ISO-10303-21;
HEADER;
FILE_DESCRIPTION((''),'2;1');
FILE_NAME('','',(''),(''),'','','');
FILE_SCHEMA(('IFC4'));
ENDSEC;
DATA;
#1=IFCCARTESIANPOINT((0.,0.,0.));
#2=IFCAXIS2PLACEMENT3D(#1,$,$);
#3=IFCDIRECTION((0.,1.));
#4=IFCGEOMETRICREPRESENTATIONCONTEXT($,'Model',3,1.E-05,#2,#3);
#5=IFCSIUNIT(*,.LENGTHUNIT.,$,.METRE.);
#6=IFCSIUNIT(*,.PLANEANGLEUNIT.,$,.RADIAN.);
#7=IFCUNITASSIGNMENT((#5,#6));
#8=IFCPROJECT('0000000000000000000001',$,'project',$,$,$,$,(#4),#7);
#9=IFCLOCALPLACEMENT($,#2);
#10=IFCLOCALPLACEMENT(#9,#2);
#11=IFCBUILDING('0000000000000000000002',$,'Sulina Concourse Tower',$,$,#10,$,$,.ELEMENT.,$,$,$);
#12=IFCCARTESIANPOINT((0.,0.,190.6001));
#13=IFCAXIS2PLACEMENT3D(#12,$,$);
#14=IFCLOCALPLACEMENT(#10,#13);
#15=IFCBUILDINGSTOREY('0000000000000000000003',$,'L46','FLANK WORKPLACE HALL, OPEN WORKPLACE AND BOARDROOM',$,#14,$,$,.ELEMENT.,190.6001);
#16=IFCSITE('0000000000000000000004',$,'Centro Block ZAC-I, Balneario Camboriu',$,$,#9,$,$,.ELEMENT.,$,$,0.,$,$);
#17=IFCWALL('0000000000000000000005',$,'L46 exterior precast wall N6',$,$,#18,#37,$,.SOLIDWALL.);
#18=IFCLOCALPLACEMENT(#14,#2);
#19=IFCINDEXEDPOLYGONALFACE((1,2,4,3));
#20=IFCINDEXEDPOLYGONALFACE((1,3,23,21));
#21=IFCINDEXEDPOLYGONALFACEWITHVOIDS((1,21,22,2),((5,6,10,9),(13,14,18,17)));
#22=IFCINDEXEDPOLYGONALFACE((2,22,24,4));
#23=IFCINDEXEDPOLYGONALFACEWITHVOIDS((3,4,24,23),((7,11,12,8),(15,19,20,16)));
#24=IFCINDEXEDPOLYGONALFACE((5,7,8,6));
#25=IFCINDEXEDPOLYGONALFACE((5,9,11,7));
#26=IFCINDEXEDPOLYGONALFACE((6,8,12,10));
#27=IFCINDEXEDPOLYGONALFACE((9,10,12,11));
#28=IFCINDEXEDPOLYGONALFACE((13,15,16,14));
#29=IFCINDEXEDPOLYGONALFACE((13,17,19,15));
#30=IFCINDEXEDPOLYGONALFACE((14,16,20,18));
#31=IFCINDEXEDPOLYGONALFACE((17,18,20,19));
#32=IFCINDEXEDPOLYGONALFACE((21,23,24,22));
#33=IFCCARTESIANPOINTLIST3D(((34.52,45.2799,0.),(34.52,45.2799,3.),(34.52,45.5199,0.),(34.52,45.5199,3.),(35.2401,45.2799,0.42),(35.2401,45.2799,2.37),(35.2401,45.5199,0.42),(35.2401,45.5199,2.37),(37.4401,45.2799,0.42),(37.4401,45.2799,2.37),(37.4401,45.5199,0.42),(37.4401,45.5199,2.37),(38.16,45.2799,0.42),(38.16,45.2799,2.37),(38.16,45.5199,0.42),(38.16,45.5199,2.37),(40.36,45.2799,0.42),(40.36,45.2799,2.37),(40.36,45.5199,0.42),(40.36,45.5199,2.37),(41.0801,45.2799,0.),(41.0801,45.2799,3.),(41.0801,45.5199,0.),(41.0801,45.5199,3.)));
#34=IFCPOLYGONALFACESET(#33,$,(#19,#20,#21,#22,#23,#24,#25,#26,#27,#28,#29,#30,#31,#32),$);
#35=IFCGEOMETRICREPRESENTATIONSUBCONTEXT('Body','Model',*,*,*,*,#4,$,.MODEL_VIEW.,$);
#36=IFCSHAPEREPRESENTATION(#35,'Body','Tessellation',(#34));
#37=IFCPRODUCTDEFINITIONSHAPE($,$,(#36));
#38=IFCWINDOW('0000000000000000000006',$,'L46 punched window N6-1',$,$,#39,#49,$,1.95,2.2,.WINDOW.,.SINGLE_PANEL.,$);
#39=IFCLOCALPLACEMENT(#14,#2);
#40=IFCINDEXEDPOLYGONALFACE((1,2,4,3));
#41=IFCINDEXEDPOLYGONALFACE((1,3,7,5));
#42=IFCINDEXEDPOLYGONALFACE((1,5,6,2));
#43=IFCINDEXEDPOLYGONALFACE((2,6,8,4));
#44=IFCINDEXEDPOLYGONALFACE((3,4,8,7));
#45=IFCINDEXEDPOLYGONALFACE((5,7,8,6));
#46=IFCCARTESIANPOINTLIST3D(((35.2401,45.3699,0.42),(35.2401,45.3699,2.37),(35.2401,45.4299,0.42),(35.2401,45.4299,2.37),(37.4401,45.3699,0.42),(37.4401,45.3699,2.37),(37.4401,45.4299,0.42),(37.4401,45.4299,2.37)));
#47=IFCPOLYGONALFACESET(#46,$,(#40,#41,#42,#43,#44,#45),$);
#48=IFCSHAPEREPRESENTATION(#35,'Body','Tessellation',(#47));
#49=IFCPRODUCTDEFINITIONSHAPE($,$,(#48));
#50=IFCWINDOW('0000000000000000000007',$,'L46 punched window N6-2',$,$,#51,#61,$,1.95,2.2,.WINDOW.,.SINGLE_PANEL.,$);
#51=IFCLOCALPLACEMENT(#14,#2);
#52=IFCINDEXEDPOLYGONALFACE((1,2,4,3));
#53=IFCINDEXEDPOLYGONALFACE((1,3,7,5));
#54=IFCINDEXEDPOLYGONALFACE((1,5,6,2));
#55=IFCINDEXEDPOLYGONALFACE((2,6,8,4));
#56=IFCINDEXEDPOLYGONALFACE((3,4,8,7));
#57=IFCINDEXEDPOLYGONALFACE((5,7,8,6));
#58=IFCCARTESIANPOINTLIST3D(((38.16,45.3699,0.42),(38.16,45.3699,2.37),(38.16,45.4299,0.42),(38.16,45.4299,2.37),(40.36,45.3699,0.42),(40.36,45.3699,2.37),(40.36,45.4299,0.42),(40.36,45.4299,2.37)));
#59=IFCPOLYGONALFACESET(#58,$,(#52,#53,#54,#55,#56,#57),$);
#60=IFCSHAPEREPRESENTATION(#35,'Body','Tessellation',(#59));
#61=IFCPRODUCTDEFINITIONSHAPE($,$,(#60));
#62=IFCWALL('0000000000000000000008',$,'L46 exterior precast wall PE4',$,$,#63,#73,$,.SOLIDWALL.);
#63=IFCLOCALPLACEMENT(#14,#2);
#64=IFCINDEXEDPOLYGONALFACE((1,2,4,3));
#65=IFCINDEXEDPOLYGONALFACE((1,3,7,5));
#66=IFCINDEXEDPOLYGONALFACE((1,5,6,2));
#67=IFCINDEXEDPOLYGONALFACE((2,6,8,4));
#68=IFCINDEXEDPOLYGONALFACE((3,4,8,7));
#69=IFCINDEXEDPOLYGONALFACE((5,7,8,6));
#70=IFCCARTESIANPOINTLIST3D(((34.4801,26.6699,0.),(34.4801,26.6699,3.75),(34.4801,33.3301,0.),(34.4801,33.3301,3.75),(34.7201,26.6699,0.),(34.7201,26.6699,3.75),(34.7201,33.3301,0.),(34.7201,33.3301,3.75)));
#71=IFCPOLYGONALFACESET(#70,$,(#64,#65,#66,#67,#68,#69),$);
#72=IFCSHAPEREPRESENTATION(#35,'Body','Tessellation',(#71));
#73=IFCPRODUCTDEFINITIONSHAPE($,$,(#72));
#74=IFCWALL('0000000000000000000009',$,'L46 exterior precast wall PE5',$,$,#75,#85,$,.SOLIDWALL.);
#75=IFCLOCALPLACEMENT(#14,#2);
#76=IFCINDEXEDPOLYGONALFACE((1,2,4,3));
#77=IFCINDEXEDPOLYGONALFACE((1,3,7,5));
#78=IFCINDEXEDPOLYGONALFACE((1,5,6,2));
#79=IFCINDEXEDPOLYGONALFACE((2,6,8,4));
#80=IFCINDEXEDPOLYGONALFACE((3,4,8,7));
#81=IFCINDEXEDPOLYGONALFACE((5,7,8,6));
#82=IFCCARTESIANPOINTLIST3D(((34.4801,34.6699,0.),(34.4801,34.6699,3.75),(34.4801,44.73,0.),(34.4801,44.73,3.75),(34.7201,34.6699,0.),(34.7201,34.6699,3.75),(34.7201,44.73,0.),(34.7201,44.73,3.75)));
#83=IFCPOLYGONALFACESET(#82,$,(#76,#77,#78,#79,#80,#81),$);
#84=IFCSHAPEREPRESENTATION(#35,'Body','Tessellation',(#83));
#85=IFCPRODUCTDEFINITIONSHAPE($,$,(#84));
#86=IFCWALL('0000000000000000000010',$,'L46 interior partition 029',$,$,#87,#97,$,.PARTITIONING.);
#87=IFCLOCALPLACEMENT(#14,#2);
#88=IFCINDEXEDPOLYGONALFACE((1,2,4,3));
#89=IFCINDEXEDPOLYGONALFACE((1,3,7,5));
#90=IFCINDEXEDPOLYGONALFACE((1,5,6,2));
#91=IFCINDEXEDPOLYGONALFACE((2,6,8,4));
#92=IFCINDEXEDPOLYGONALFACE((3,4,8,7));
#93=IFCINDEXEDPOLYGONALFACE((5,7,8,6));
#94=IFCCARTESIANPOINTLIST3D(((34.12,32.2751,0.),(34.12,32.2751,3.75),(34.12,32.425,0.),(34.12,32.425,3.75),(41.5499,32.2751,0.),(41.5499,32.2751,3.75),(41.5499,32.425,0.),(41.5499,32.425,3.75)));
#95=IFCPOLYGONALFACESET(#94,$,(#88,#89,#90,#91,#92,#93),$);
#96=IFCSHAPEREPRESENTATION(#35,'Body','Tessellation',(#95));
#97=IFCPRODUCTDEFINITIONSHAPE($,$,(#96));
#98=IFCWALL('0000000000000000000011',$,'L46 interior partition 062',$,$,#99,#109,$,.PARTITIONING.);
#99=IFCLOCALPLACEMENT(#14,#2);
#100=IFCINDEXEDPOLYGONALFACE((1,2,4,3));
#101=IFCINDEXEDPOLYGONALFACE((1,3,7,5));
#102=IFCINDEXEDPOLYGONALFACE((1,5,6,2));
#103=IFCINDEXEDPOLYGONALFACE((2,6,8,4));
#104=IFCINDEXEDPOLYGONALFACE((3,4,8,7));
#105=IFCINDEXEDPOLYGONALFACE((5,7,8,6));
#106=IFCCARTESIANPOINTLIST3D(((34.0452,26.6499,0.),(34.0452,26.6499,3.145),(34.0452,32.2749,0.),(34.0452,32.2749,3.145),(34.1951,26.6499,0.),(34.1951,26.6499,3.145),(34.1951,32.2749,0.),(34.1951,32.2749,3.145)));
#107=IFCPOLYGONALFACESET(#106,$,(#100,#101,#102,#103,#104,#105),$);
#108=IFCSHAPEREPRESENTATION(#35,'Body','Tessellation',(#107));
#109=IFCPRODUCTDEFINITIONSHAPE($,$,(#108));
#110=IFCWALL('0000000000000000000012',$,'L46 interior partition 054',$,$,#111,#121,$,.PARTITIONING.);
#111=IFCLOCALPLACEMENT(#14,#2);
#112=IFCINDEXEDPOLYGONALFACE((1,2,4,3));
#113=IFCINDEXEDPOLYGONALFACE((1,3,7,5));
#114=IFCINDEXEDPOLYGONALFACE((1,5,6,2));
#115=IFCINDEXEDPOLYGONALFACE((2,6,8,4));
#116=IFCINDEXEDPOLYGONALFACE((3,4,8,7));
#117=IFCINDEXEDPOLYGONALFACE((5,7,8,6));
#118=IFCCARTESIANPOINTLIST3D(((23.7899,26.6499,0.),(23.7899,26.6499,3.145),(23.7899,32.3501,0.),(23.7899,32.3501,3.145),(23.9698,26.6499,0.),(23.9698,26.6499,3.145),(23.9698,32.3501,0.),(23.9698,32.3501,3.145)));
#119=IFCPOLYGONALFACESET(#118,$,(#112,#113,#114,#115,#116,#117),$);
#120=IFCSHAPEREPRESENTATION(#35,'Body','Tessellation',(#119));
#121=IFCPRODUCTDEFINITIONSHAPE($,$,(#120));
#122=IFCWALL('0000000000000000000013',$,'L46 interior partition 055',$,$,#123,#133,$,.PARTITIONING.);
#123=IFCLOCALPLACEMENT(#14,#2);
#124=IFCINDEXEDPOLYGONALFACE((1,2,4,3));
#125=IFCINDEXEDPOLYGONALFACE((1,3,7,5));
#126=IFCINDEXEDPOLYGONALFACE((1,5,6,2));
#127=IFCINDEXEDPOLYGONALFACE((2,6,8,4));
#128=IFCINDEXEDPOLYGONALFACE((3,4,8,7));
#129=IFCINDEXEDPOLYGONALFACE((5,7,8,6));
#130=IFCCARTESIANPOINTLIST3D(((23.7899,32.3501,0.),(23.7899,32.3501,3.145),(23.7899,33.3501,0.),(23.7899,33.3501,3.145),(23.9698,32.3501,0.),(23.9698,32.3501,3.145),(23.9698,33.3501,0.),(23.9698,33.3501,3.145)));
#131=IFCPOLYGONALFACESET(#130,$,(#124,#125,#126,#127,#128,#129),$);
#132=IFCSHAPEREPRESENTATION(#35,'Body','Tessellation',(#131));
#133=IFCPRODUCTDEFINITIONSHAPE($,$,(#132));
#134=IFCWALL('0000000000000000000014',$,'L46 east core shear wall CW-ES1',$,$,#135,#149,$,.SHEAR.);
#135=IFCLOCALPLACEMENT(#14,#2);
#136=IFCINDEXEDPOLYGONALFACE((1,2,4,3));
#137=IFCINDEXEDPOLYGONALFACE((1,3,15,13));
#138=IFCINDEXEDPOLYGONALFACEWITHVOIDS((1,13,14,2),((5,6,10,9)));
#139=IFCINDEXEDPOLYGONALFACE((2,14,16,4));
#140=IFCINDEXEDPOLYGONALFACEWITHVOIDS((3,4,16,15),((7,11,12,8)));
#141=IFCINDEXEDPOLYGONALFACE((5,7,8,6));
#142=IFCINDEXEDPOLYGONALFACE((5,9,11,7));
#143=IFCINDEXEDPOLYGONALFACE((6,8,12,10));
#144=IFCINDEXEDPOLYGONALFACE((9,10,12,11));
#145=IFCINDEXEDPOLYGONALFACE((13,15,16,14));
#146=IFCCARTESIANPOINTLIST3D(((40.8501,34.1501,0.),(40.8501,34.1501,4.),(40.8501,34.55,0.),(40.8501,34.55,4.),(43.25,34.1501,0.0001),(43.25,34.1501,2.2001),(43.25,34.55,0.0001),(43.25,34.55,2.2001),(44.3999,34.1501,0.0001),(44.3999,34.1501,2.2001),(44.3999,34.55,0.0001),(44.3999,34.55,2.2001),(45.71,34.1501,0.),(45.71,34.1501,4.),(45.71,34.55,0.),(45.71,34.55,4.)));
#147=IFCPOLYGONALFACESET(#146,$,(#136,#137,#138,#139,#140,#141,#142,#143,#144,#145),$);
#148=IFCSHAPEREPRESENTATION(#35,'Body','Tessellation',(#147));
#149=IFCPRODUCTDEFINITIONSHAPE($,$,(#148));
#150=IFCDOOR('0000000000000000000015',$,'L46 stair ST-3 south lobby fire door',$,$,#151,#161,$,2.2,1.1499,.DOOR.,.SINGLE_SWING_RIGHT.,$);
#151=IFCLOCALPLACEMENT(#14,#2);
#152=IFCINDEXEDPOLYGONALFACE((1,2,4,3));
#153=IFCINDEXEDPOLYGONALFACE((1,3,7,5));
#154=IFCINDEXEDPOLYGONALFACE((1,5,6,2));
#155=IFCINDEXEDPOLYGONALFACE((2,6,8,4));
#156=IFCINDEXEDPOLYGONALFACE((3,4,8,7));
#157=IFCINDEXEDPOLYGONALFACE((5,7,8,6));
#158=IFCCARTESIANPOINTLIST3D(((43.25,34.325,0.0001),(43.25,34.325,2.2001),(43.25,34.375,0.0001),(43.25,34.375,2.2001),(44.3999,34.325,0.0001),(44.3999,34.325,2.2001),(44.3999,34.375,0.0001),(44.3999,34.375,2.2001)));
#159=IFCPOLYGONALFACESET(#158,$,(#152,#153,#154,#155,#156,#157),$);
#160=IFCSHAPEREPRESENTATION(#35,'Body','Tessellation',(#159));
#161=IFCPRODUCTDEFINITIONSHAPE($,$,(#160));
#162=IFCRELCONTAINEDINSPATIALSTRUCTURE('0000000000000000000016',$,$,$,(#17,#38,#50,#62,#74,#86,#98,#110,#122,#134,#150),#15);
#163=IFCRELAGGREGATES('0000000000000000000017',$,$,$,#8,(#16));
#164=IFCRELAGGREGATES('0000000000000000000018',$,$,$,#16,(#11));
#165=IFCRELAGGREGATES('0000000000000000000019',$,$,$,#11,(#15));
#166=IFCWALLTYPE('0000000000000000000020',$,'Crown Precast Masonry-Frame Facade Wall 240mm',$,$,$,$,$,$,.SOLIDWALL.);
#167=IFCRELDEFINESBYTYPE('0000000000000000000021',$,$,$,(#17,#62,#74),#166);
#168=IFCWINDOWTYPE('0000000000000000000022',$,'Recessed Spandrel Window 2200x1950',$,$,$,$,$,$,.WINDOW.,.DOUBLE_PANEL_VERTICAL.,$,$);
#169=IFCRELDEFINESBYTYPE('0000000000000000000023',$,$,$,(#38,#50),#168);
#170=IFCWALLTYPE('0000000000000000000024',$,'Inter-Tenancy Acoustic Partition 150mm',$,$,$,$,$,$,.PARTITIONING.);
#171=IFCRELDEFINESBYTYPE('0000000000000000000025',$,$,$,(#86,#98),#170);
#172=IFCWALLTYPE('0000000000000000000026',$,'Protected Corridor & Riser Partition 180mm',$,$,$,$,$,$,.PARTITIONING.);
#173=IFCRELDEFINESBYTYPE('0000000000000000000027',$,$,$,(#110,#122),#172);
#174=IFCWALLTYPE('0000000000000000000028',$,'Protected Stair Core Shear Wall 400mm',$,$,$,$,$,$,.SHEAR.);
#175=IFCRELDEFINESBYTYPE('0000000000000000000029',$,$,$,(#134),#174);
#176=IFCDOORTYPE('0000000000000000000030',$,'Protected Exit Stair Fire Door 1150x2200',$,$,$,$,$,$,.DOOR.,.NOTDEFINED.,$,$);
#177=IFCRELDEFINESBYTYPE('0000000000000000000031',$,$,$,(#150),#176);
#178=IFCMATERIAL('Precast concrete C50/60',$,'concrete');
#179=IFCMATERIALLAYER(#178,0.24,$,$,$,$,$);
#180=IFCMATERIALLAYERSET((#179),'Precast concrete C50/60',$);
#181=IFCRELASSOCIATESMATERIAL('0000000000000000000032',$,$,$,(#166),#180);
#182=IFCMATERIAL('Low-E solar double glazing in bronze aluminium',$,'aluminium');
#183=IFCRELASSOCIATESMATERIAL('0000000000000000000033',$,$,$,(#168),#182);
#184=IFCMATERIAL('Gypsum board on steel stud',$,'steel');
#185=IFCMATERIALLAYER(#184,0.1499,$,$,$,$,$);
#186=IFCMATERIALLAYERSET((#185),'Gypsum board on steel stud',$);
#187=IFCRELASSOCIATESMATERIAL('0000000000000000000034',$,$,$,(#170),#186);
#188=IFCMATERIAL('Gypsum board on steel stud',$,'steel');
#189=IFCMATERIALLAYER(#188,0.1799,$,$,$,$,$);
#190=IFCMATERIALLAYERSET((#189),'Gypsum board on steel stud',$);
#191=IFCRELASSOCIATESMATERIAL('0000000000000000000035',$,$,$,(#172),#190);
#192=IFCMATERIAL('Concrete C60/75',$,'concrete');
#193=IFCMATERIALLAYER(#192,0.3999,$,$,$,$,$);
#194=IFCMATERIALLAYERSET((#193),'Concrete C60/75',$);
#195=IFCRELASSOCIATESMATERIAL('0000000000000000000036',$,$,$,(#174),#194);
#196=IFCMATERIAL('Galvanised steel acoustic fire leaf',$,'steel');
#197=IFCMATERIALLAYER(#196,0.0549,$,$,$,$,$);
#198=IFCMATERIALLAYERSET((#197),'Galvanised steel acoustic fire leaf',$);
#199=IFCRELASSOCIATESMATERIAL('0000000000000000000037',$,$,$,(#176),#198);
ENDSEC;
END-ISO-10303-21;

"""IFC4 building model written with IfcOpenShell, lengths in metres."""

from ifc_helpers import new_model, si_unit, direction, frame, frame_2d, origin, place, context, subcontext, project, spatial, rectangle, extrude, material, layer, layer_set, type_object, element, fill, save


model = new_model("IFC4")

# Units and contexts
model_context = context("Model", 3, precision=1e-05, world=origin(), true_north=direction((0.0, 1.0)))
body_context = subcontext(model_context, "Body", "Model", "MODEL_VIEW")
ifc_project = project(units=[si_unit("LENGTHUNIT", "METRE"), si_unit("PLANEANGLEUNIT", "RADIAN")], contexts=[model_context])

# Site, building, storey
site_placement = place(None, origin())
site = spatial("IfcSite", under=ifc_project, at=site_placement, Name="Centro Block ZAC-I, Balneario Camboriu", CompositionType="ELEMENT", RefElevation=0.0)
building_placement = place(site_placement, origin())
building = spatial("IfcBuilding", under=site, at=building_placement, Name="Sulina Concourse Tower", CompositionType="ELEMENT")
storey_placement = place(building_placement, frame((0.0, 0.0, 190.6001)))
storey = spatial("IfcBuildingStorey", under=building, at=storey_placement, Name="L46", Description="FLANK WORKPLACE HALL, OPEN WORKPLACE AND BOARDROOM", CompositionType="ELEMENT", Elevation=190.6001)

# Wall, openings, windows
ifc_material_1 = material(Name="Precast concrete C50/60", Category="concrete")
ifc_layer_1 = layer(ifc_material_1, 0.24)
ifc_layer_set_1 = layer_set([ifc_layer_1], Name="Precast concrete C50/60")
wall_type_1 = type_object("IfcWallType", Name="Crown Precast Masonry-Frame Facade Wall 240mm", PredefinedType="SOLIDWALL", material=ifc_layer_set_1)
wall_1_placement = place(storey_placement, frame((34.52, 45.3999, 0.0), z_axis=(0.0, 0.0, 1.0), x_axis=(1.0, 0.0, 0.0)))
wall_1 = element("IfcWall", 1, at=wall_1_placement, inside=storey, type_object=wall_type_1, Name="L46 exterior precast wall N6", PredefinedType="SOLIDWALL", context=body_context, shape_type="SweptSolid", body=[
    extrude(rectangle(XDim=6.5601, YDim=0.24, at=frame_2d((3.28, 0.0))), origin(), (0.0, 0.0, 1.0), 3.0),
])
opening_1_placement = place(wall_1_placement, frame((0.72, 0.0, 0.4199)))
opening_1 = element("IfcOpeningElement", 2, at=opening_1_placement, cuts=wall_1, PredefinedType="OPENING", context=body_context, shape_type="SweptSolid", body=[
    extrude(rectangle(XDim=2.2, YDim=1.95, at=frame_2d((1.1001, 0.9751))), frame((0.0, 0.1299, 0.0), z_axis=(0.0, -1.0, 0.0), x_axis=(1.0, 0.0, 0.0)), (0.0, 0.0, 1.0), 0.26),
])
opening_2_placement = place(wall_1_placement, frame((3.6399, 0.0, 0.4199)))
opening_2 = element("IfcOpeningElement", 3, at=opening_2_placement, cuts=wall_1, PredefinedType="OPENING", context=body_context, shape_type="SweptSolid", body=[
    extrude(rectangle(XDim=2.2, YDim=1.95, at=frame_2d((1.1001, 0.9751))), frame((0.0, 0.1299, 0.0), z_axis=(0.0, -1.0, 0.0), x_axis=(1.0, 0.0, 0.0)), (0.0, 0.0, 1.0), 0.26),
])
ifc_material_2 = material(Name="Low-E solar double glazing in bronze aluminium", Category="aluminium")
window_type = type_object("IfcWindowType", Name="Recessed Spandrel Window 2200x1950", PartitioningType="DOUBLE_PANEL_VERTICAL", PredefinedType="WINDOW", material=ifc_material_2)
window_1_placement = place(opening_1_placement, origin())
window_1 = element("IfcWindow", 4, at=window_1_placement, inside=storey, type_object=window_type, Name="L46 punched window N6-1", OverallHeight=1.95, OverallWidth=2.2, PartitioningType="SINGLE_PANEL", PredefinedType="WINDOW", context=body_context, shape_type="SweptSolid", body=[
    extrude(rectangle(XDim=2.2, YDim=1.95, at=frame_2d((1.1001, 0.9751))), frame((0.0, 0.03, 0.0), z_axis=(0.0, -1.0, 0.0), x_axis=(1.0, 0.0, 0.0)), (0.0, 0.0, 1.0), 0.0601),
])
fill(opening_1, window_1)
window_2_placement = place(opening_2_placement, origin())
window_2 = element("IfcWindow", 5, at=window_2_placement, inside=storey, type_object=window_type, Name="L46 punched window N6-2", OverallHeight=1.95, OverallWidth=2.2, PartitioningType="SINGLE_PANEL", PredefinedType="WINDOW", context=body_context, shape_type="SweptSolid", body=[
    extrude(rectangle(XDim=2.2, YDim=1.95, at=frame_2d((1.1001, 0.9751))), frame((0.0, 0.03, 0.0), z_axis=(0.0, -1.0, 0.0), x_axis=(1.0, 0.0, 0.0)), (0.0, 0.0, 1.0), 0.0601),
])
fill(opening_2, window_2)

# Walls
wall_2_placement = place(storey_placement, frame((34.6001, 26.6699, 0.0), z_axis=(0.0, 0.0, 1.0), x_axis=(0.0, 1.0, 0.0)))
element("IfcWall", 6, at=wall_2_placement, inside=storey, type_object=wall_type_1, Name="L46 exterior precast wall PE4", PredefinedType="SOLIDWALL", context=body_context, shape_type="SweptSolid", body=[
    extrude(rectangle(XDim=6.6602, YDim=0.24, at=frame_2d((3.3301, 0.0))), origin(), (0.0, 0.0, 1.0), 3.75),
])
wall_3_placement = place(storey_placement, frame((34.6001, 34.6699, 0.0), z_axis=(0.0, 0.0, 1.0), x_axis=(0.0, 1.0, 0.0)))
element("IfcWall", 7, at=wall_3_placement, inside=storey, type_object=wall_type_1, Name="L46 exterior precast wall PE5", PredefinedType="SOLIDWALL", context=body_context, shape_type="SweptSolid", body=[
    extrude(rectangle(XDim=10.0601, YDim=0.24, at=frame_2d((5.03, 0.0))), origin(), (0.0, 0.0, 1.0), 3.75),
])
ifc_material_3 = material(Name="Gypsum board on steel stud", Category="steel")
ifc_layer_2 = layer(ifc_material_3, 0.1499)
ifc_layer_set_2 = layer_set([ifc_layer_2], Name="Gypsum board on steel stud")
wall_type_2 = type_object("IfcWallType", Name="Inter-Tenancy Acoustic Partition 150mm", PredefinedType="PARTITIONING", material=ifc_layer_set_2)
wall_4_placement = place(storey_placement, frame((34.1201, 32.3501, 0.0), z_axis=(0.0, 0.0, 1.0), x_axis=(1.0, 0.0, 0.0)))
element("IfcWall", 8, at=wall_4_placement, inside=storey, type_object=wall_type_2, Name="L46 interior partition 029", PredefinedType="PARTITIONING", context=body_context, shape_type="SweptSolid", body=[
    extrude(rectangle(XDim=7.4299, YDim=0.1499, at=frame_2d((3.7148, 0.0))), origin(), (0.0, 0.0, 1.0), 3.75),
])
wall_5_placement = place(storey_placement, frame((34.1201, 26.6499, 0.0), z_axis=(0.0, 0.0, 1.0), x_axis=(0.0, 1.0, 0.0)))
element("IfcWall", 9, at=wall_5_placement, inside=storey, type_object=wall_type_2, Name="L46 interior partition 062", PredefinedType="PARTITIONING", context=body_context, shape_type="SweptSolid", body=[
    extrude(rectangle(XDim=5.625, YDim=0.1499, at=frame_2d((2.8125, 0.0))), origin(), (0.0, 0.0, 1.0), 3.145),
])
ifc_material_4 = material(Name="Gypsum board on steel stud", Category="steel")
ifc_layer_3 = layer(ifc_material_4, 0.1799)
ifc_layer_set_3 = layer_set([ifc_layer_3], Name="Gypsum board on steel stud")
wall_type_3 = type_object("IfcWallType", Name="Protected Corridor & Riser Partition 180mm", PredefinedType="PARTITIONING", material=ifc_layer_set_3)
wall_6_placement = place(storey_placement, frame((23.8799, 26.6499, 0.0), z_axis=(0.0, 0.0, 1.0), x_axis=(0.0, 1.0, 0.0)))
element("IfcWall", 10, at=wall_6_placement, inside=storey, type_object=wall_type_3, Name="L46 interior partition 054", PredefinedType="PARTITIONING", context=body_context, shape_type="SweptSolid", body=[
    extrude(rectangle(XDim=5.7002, YDim=0.1799, at=frame_2d((2.8501, 0.0))), origin(), (0.0, 0.0, 1.0), 3.145),
])
wall_7_placement = place(storey_placement, frame((23.8799, 32.3501, 0.0), z_axis=(0.0, 0.0, 1.0), x_axis=(0.0, 1.0, 0.0)))
element("IfcWall", 11, at=wall_7_placement, inside=storey, type_object=wall_type_3, Name="L46 interior partition 055", PredefinedType="PARTITIONING", context=body_context, shape_type="SweptSolid", body=[
    extrude(rectangle(XDim=1.0, YDim=0.1799, at=frame_2d((0.5, 0.0))), origin(), (0.0, 0.0, 1.0), 3.145),
])

# Wall, opening, door
ifc_material_5 = material(Name="Concrete C60/75", Category="concrete")
ifc_layer_4 = layer(ifc_material_5, 0.3999)
ifc_layer_set_4 = layer_set([ifc_layer_4], Name="Concrete C60/75")
wall_type_4 = type_object("IfcWallType", Name="Protected Stair Core Shear Wall 400mm", PredefinedType="SHEAR", material=ifc_layer_set_4)
wall_8_placement = place(storey_placement, frame((40.8501, 34.3501, 0.0), z_axis=(0.0, 0.0, 1.0), x_axis=(1.0, 0.0, 0.0)))
wall_8 = element("IfcWall", 12, at=wall_8_placement, inside=storey, type_object=wall_type_4, Name="L46 east core shear wall CW-ES1", PredefinedType="SHEAR", context=body_context, shape_type="SweptSolid", body=[
    extrude(rectangle(XDim=4.8599, YDim=0.3999, at=frame_2d((2.4299, 0.0))), origin(), (0.0, 0.0, 1.0), 4.0),
])
opening_3_placement = place(wall_8_placement, frame((2.3999, 0.0, 0.0)))
opening_3 = element("IfcOpeningElement", 13, at=opening_3_placement, cuts=wall_8, PredefinedType="OPENING", context=body_context, shape_type="SweptSolid", body=[
    extrude(rectangle(XDim=1.1499, YDim=2.2, at=frame_2d((0.575, 1.1001))), frame((0.0, 0.21, 0.0), z_axis=(0.0, -1.0, 0.0), x_axis=(1.0, 0.0, 0.0)), (0.0, 0.0, 1.0), 0.4199),
])
ifc_material_6 = material(Name="Galvanised steel acoustic fire leaf", Category="steel")
ifc_layer_5 = layer(ifc_material_6, 0.0549)
ifc_layer_set_5 = layer_set([ifc_layer_5], Name="Galvanised steel acoustic fire leaf")
door_type = type_object("IfcDoorType", Name="Protected Exit Stair Fire Door 1150x2200", OperationType="NOTDEFINED", PredefinedType="DOOR", material=ifc_layer_set_5)
door_placement = place(opening_3_placement, origin())
door = element("IfcDoor", 14, at=door_placement, inside=storey, type_object=door_type, Name="L46 stair ST-3 south lobby fire door", OperationType="SINGLE_SWING_RIGHT", OverallHeight=2.2, OverallWidth=1.1499, PredefinedType="DOOR", context=body_context, shape_type="SweptSolid", body=[
    extrude(rectangle(XDim=1.1499, YDim=2.2, at=frame_2d((0.575, 1.1001))), frame((0.0, 0.0249, 0.0), z_axis=(0.0, -1.0, 0.0), x_axis=(1.0, 0.0, 0.0)), (0.0, 0.0, 1.0), 0.05),
])
fill(opening_3, door)

save(model, "model.ifc")
